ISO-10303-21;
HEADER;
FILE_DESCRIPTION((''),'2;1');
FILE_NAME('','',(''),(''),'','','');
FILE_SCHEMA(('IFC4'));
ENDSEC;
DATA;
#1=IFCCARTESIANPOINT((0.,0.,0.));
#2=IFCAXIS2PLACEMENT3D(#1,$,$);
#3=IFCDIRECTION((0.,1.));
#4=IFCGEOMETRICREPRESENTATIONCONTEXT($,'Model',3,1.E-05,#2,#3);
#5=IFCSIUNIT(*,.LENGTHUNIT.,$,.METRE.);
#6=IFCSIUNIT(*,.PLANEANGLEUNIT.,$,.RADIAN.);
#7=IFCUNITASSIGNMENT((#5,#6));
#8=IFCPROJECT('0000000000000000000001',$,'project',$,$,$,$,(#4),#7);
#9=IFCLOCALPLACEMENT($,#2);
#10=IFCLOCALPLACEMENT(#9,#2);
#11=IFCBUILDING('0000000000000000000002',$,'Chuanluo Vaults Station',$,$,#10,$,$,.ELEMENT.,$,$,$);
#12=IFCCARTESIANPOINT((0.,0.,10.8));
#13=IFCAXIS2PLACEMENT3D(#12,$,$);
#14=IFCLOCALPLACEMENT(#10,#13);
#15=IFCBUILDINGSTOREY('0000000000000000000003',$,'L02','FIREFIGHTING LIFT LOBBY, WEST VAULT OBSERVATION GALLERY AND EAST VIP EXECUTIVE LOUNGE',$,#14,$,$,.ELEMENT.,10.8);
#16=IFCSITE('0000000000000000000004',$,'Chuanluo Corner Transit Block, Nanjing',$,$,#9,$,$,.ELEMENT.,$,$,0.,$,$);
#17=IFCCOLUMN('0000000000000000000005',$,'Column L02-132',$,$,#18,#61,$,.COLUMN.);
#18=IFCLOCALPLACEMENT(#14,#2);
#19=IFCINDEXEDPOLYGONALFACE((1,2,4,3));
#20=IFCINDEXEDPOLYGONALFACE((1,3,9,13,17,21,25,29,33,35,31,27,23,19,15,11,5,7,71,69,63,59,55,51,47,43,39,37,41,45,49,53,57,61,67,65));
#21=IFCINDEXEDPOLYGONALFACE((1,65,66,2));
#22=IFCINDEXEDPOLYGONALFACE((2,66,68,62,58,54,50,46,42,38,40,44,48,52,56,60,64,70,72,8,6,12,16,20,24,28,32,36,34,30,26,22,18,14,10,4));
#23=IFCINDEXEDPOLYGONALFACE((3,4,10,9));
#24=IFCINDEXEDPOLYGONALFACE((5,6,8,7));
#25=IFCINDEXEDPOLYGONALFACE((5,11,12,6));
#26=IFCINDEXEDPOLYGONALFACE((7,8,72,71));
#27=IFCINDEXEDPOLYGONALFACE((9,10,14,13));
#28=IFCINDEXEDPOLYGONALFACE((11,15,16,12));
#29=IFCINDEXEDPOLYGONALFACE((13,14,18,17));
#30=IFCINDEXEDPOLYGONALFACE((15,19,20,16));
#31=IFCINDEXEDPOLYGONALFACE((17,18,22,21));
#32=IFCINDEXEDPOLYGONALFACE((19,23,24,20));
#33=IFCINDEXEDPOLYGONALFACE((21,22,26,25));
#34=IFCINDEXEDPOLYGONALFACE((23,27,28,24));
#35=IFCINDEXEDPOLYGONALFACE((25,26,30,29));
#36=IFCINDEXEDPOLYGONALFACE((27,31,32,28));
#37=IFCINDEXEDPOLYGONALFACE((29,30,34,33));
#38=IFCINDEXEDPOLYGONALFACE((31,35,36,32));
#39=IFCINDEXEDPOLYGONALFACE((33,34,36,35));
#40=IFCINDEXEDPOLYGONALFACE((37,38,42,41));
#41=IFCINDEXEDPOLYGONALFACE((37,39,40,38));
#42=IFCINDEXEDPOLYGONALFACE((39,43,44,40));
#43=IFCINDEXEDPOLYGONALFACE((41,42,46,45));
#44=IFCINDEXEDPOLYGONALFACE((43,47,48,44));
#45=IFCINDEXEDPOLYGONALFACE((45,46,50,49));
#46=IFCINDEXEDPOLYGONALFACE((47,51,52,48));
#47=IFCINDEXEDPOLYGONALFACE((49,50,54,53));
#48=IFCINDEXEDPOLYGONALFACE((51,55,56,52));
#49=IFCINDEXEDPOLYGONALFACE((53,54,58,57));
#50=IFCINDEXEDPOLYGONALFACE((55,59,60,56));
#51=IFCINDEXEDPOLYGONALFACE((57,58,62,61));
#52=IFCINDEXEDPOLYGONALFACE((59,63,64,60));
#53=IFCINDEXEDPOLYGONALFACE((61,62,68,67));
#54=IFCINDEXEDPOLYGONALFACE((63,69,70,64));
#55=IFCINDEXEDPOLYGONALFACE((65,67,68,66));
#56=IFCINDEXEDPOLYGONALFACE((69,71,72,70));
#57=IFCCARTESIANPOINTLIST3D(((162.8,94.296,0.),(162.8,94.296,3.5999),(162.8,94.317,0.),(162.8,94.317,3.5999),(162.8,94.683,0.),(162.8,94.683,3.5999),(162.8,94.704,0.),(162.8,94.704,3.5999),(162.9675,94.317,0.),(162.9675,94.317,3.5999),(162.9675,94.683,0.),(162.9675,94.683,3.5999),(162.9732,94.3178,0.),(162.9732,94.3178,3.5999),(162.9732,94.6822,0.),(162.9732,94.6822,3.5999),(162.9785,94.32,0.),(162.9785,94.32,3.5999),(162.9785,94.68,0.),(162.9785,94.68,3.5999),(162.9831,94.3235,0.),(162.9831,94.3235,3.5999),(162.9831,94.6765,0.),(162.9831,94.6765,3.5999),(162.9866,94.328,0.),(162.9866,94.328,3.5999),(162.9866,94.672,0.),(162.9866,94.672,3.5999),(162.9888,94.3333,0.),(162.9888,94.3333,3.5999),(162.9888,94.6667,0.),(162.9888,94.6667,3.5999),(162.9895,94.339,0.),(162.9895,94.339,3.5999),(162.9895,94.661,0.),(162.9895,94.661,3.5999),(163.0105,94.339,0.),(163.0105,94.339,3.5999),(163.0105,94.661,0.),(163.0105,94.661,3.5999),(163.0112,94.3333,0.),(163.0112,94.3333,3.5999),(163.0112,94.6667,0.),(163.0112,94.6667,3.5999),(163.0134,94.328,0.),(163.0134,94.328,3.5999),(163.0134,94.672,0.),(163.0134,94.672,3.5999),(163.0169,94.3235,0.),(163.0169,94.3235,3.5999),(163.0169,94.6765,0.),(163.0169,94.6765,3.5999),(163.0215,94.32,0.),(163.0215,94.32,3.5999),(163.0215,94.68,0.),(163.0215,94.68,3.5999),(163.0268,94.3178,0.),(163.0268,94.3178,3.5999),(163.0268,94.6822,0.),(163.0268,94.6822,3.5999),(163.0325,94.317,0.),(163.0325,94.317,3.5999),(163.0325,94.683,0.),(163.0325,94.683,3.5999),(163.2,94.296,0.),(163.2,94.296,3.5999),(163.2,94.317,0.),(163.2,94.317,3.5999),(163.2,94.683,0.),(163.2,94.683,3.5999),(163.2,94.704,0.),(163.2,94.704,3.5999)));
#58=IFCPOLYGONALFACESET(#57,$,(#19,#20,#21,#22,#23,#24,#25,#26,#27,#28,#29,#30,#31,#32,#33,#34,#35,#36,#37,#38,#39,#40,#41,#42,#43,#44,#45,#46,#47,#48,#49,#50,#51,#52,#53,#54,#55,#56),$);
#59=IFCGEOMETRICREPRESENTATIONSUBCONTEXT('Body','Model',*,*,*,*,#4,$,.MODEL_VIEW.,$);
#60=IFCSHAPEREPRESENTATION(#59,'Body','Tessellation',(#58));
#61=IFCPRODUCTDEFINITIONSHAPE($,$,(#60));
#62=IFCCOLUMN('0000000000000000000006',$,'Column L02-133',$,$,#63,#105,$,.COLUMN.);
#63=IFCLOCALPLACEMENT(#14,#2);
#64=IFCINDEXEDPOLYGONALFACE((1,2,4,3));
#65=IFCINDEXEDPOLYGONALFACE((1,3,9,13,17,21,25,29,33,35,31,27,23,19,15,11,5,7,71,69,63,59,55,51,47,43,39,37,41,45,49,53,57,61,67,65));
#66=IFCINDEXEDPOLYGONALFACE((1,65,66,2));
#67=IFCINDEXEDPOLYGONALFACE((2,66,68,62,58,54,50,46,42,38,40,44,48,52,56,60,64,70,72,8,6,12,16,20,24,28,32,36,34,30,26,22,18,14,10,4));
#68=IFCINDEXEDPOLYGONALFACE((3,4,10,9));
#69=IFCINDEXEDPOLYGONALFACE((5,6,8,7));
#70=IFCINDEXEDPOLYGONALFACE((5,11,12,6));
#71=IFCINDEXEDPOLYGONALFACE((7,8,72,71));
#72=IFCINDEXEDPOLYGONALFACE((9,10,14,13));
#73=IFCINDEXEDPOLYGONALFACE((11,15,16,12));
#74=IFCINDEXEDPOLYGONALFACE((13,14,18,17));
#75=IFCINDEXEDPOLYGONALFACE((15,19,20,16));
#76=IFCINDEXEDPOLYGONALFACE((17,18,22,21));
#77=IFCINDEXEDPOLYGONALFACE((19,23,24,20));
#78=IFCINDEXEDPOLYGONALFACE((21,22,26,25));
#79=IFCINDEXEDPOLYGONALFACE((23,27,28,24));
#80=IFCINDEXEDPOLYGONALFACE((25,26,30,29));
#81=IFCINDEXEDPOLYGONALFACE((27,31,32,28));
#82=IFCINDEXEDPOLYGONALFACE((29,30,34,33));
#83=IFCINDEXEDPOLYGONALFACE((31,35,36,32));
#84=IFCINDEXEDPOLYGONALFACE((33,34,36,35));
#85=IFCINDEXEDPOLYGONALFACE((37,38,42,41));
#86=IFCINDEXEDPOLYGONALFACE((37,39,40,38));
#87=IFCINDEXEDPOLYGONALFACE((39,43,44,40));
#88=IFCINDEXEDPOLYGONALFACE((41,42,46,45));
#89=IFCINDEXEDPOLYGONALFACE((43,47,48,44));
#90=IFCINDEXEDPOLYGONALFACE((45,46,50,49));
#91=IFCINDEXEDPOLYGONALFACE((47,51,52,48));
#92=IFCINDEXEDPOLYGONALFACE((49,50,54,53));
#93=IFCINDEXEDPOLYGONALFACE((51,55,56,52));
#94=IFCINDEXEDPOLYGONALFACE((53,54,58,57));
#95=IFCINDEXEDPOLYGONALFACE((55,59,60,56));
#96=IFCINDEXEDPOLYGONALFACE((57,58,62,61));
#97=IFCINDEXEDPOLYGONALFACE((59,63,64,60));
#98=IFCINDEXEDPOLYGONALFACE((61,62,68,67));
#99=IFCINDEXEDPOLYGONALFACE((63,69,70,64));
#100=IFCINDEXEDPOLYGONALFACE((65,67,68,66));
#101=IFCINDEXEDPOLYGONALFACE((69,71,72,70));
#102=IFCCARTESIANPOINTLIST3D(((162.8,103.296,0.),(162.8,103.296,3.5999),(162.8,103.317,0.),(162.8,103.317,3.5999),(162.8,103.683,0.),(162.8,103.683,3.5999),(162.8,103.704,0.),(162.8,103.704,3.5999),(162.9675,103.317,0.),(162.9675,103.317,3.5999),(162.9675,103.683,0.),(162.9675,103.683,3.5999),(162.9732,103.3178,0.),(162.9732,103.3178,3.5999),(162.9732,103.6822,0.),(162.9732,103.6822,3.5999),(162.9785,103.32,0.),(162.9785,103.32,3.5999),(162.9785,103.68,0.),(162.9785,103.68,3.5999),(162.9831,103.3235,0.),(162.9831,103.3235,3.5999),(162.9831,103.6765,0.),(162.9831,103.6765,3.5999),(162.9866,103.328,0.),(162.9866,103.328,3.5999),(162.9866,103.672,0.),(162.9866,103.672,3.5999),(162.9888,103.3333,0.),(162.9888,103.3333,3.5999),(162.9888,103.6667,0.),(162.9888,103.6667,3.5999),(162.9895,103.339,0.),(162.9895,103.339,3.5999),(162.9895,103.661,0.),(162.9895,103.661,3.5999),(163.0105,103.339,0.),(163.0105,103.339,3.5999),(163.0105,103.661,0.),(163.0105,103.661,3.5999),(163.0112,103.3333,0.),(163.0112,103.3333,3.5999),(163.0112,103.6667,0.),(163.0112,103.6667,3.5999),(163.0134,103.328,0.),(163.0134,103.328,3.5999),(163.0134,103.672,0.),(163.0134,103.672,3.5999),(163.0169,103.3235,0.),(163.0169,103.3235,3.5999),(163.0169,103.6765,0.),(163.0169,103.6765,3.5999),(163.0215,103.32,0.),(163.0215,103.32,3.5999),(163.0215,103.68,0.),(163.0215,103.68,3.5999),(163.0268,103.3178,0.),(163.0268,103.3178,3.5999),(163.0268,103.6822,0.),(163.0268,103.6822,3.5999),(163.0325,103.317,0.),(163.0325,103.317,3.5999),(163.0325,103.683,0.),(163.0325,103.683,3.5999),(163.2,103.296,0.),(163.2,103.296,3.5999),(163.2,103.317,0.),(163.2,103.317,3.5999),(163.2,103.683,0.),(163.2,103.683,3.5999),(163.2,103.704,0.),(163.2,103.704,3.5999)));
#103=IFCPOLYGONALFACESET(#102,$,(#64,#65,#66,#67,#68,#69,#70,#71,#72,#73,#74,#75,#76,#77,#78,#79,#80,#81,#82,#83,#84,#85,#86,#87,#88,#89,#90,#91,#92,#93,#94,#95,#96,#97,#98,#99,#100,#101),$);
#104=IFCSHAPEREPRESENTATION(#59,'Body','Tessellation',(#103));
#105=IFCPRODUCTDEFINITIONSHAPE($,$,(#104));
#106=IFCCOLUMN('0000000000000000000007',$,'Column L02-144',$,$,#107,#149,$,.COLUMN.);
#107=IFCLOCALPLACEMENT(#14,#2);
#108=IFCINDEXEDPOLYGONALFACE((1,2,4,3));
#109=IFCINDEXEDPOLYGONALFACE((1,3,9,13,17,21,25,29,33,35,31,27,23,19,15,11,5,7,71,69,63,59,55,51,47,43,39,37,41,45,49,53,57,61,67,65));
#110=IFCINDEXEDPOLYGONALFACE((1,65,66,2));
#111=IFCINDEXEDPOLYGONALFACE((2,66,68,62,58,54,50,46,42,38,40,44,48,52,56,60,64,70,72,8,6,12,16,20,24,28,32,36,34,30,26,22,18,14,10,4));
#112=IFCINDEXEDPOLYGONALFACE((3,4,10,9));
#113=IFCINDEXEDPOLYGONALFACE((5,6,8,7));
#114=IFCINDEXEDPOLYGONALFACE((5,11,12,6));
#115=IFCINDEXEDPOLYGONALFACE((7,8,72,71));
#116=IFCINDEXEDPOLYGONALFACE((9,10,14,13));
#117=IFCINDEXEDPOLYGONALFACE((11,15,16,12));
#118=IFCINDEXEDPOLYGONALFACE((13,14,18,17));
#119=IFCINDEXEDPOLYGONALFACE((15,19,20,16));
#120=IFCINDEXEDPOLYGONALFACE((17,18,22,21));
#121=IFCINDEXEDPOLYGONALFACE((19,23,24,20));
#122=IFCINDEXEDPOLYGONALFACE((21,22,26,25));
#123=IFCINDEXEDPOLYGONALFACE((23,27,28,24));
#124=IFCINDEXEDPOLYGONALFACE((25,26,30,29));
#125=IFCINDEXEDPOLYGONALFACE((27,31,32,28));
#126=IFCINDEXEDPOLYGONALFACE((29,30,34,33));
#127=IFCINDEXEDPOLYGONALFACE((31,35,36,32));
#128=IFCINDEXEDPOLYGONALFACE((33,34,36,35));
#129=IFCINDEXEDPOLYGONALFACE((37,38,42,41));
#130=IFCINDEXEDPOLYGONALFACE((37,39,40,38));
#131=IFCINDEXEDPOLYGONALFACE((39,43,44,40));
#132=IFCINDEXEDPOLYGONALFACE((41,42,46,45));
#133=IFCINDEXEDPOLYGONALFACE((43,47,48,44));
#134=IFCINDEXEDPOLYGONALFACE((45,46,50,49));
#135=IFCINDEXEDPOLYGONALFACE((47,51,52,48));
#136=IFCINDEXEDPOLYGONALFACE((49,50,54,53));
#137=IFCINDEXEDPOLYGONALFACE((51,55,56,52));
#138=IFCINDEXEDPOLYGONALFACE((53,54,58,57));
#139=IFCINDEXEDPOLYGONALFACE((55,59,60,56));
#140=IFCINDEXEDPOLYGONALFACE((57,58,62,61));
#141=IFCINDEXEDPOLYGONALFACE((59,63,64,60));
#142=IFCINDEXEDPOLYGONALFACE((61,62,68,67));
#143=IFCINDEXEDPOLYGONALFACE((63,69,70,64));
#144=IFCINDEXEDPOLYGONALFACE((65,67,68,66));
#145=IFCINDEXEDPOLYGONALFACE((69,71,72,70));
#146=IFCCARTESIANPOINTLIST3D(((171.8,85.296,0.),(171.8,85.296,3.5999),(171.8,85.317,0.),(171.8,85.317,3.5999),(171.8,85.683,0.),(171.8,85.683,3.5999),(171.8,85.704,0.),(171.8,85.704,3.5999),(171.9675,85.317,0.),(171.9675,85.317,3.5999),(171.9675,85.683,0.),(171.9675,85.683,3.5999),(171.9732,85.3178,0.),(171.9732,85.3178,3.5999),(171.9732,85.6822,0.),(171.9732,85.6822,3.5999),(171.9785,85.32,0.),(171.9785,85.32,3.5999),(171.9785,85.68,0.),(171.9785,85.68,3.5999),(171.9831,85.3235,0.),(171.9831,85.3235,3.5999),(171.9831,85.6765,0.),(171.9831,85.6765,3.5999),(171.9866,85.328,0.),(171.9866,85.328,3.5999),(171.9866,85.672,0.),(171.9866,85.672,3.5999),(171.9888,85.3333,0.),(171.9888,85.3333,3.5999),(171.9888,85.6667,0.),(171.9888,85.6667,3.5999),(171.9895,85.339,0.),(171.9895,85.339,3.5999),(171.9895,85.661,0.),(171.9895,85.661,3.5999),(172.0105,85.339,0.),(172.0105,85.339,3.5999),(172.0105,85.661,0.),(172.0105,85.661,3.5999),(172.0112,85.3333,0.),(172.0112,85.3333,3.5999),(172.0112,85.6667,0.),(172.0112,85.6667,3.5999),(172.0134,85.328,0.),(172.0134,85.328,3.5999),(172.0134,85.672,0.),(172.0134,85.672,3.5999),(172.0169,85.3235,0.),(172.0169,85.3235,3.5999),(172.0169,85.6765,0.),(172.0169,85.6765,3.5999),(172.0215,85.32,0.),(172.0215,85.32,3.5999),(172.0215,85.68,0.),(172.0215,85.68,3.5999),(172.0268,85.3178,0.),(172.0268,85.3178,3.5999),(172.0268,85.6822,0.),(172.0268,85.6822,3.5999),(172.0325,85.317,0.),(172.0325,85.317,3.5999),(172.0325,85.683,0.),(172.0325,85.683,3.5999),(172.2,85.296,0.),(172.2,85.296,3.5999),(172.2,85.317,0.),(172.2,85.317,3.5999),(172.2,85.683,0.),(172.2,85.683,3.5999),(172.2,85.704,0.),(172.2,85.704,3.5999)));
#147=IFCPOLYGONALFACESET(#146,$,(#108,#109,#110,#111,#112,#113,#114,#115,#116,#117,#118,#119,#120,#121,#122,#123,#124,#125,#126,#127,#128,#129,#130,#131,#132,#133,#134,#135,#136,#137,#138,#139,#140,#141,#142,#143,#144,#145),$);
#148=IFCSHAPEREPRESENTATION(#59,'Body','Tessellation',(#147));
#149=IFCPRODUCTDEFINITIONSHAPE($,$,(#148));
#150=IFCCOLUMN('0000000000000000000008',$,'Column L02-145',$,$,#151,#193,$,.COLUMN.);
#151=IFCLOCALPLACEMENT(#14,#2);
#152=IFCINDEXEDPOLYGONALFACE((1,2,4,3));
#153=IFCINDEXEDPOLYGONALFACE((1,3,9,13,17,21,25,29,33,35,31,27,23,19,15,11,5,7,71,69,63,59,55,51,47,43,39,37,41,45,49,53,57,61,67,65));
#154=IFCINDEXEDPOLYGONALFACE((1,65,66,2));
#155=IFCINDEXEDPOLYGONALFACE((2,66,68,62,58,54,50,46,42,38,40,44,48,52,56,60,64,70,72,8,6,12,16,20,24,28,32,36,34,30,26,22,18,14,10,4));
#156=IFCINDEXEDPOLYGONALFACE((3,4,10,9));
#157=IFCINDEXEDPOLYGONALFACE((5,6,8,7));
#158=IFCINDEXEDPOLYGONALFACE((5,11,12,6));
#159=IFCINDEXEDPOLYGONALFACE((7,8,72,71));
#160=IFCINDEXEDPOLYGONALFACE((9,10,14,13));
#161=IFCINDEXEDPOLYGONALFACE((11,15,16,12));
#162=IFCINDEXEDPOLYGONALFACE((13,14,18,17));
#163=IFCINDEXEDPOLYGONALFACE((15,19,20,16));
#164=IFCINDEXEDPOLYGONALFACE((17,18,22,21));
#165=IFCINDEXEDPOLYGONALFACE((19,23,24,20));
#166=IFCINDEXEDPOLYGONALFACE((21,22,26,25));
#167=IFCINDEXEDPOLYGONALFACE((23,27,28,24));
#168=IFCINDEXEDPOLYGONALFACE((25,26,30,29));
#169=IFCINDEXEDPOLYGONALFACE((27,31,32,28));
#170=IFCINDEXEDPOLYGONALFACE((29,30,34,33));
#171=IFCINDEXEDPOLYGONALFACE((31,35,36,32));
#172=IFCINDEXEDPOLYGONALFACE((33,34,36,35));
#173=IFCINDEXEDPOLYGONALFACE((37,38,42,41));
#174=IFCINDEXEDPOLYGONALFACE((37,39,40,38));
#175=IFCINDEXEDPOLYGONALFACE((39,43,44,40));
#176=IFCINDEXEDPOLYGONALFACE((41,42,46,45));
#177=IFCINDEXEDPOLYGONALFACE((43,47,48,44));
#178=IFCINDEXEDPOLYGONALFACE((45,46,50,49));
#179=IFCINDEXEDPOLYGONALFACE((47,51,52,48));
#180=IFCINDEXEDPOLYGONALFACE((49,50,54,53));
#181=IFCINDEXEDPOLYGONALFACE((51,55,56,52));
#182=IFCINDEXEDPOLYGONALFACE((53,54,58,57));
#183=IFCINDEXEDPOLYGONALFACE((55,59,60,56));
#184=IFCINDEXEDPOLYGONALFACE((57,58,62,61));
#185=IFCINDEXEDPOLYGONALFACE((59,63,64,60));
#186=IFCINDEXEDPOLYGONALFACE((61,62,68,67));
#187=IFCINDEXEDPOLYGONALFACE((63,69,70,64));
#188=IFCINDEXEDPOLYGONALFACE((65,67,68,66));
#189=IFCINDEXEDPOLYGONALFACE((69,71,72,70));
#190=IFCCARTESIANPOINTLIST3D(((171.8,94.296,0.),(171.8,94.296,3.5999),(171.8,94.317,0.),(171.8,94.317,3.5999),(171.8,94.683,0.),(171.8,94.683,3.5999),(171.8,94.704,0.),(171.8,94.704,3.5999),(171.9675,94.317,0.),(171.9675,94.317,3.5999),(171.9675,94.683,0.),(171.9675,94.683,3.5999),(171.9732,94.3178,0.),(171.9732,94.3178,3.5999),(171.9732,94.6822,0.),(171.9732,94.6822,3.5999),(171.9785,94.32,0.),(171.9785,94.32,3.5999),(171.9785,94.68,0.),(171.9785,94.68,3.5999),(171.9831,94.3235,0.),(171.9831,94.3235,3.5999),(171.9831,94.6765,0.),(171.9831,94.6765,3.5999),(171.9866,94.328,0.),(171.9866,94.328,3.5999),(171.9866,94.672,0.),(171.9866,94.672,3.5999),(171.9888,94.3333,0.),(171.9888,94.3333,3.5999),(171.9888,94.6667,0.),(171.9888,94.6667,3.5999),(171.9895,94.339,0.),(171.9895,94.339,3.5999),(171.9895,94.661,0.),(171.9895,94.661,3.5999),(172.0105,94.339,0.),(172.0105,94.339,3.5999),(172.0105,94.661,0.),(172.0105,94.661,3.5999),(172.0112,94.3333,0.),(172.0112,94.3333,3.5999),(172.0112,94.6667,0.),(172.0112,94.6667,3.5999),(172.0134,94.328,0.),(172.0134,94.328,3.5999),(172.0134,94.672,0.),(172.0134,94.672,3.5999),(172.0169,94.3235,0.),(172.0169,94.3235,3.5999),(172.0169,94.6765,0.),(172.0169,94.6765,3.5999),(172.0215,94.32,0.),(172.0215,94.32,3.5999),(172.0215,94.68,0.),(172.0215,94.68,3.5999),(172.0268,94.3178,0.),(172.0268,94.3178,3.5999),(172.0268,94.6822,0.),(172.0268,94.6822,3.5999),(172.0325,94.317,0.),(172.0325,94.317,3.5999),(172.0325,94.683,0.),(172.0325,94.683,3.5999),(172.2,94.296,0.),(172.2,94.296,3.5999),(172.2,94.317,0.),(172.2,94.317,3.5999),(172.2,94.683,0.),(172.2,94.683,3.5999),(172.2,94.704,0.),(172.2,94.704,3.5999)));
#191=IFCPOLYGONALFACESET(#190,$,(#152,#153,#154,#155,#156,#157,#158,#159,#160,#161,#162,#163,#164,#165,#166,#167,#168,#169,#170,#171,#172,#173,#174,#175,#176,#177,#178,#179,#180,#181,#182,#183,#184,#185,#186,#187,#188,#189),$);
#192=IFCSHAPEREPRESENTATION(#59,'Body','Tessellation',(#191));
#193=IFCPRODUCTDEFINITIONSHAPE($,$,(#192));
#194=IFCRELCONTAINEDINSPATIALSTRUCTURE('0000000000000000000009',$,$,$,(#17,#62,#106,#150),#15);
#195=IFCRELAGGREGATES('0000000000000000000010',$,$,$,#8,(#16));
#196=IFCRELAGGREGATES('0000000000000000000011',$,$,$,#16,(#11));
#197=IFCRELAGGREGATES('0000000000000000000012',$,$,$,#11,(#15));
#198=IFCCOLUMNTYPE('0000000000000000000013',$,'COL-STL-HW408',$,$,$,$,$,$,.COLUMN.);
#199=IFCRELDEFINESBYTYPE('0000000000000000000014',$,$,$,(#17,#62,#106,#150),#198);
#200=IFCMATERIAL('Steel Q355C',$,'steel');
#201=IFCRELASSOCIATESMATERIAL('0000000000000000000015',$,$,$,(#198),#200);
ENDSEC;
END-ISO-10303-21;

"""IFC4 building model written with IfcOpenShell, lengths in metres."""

from ifc_helpers import new_model, si_unit, direction, frame, origin, origin_2d, place, context, subcontext, project, spatial, i_section, extrude, material, material_profile, profile_set, type_object, element, save


model = new_model("IFC4")

# Units and contexts
model_context = context("Model", 3, precision=1e-05, world=origin(), true_north=direction((0.0, 1.0)))
body_context = subcontext(model_context, "Body", "Model", "MODEL_VIEW")
ifc_project = project(units=[si_unit("LENGTHUNIT", "METRE"), si_unit("PLANEANGLEUNIT", "RADIAN")], contexts=[model_context])

# Site, building, storey
site_placement = place(None, origin())
site = spatial("IfcSite", under=ifc_project, at=site_placement, Name="Chuanluo Corner Transit Block, Nanjing", CompositionType="ELEMENT", RefElevation=0.0)
building_placement = place(site_placement, origin())
building = spatial("IfcBuilding", under=site, at=building_placement, Name="Chuanluo Vaults Station", CompositionType="ELEMENT")
storey_placement = place(building_placement, frame((0.0, 0.0, 10.8)))
storey = spatial("IfcBuildingStorey", under=building, at=storey_placement, Name="L02", Description="FIREFIGHTING LIFT LOBBY, WEST VAULT OBSERVATION GALLERY AND EAST VIP EXECUTIVE LOUNGE", CompositionType="ELEMENT", Elevation=10.8)

# Columns
ifc_material_1 = material(Name="Steel Q355C", Category="steel")
ifc_material_profile_1 = material_profile(ifc_material_1, i_section(OverallWidth=0.3999, OverallDepth=0.408, WebThickness=0.021, FlangeThickness=0.021, FilletRadius=0.022, at=origin_2d()))
ifc_profile_set_1 = profile_set([ifc_material_profile_1], Name="Steel Q355C")
column_type = type_object("IfcColumnType", Name="COL-STL-HW408", PredefinedType="COLUMN", material=ifc_profile_set_1)
for number, where, z_axis, x_axis, name in (
    (1, (163.0, 94.5, 0.0), (0.0, 0.0, 1.0), (1.0, 0.0, 0.0), "Column L02-132"),
    (2, (163.0, 103.5, 0.0), (0.0, 0.0, 1.0), (1.0, 0.0, 0.0), "Column L02-133"),
    (3, (172.0, 85.5, 0.0), (0.0, 0.0, 1.0), (1.0, 0.0, 0.0), "Column L02-144"),
    (4, (172.0, 94.5, 0.0), (0.0, 0.0, 1.0), (1.0, 0.0, 0.0), "Column L02-145"),
):
    element("IfcColumn", number, at=place(storey_placement, frame(where, z_axis=z_axis, x_axis=x_axis)), inside=storey, type_object=column_type, Name=name, PredefinedType="COLUMN", context=body_context, shape_type="SweptSolid", body=[
        extrude(i_section(OverallWidth=0.3999, OverallDepth=0.408, WebThickness=0.021, FlangeThickness=0.021, FilletRadius=0.022, at=origin_2d()), origin(), (0.0, 0.0, 1.0), 3.5999),
    ])

save(model, "model.ifc")
